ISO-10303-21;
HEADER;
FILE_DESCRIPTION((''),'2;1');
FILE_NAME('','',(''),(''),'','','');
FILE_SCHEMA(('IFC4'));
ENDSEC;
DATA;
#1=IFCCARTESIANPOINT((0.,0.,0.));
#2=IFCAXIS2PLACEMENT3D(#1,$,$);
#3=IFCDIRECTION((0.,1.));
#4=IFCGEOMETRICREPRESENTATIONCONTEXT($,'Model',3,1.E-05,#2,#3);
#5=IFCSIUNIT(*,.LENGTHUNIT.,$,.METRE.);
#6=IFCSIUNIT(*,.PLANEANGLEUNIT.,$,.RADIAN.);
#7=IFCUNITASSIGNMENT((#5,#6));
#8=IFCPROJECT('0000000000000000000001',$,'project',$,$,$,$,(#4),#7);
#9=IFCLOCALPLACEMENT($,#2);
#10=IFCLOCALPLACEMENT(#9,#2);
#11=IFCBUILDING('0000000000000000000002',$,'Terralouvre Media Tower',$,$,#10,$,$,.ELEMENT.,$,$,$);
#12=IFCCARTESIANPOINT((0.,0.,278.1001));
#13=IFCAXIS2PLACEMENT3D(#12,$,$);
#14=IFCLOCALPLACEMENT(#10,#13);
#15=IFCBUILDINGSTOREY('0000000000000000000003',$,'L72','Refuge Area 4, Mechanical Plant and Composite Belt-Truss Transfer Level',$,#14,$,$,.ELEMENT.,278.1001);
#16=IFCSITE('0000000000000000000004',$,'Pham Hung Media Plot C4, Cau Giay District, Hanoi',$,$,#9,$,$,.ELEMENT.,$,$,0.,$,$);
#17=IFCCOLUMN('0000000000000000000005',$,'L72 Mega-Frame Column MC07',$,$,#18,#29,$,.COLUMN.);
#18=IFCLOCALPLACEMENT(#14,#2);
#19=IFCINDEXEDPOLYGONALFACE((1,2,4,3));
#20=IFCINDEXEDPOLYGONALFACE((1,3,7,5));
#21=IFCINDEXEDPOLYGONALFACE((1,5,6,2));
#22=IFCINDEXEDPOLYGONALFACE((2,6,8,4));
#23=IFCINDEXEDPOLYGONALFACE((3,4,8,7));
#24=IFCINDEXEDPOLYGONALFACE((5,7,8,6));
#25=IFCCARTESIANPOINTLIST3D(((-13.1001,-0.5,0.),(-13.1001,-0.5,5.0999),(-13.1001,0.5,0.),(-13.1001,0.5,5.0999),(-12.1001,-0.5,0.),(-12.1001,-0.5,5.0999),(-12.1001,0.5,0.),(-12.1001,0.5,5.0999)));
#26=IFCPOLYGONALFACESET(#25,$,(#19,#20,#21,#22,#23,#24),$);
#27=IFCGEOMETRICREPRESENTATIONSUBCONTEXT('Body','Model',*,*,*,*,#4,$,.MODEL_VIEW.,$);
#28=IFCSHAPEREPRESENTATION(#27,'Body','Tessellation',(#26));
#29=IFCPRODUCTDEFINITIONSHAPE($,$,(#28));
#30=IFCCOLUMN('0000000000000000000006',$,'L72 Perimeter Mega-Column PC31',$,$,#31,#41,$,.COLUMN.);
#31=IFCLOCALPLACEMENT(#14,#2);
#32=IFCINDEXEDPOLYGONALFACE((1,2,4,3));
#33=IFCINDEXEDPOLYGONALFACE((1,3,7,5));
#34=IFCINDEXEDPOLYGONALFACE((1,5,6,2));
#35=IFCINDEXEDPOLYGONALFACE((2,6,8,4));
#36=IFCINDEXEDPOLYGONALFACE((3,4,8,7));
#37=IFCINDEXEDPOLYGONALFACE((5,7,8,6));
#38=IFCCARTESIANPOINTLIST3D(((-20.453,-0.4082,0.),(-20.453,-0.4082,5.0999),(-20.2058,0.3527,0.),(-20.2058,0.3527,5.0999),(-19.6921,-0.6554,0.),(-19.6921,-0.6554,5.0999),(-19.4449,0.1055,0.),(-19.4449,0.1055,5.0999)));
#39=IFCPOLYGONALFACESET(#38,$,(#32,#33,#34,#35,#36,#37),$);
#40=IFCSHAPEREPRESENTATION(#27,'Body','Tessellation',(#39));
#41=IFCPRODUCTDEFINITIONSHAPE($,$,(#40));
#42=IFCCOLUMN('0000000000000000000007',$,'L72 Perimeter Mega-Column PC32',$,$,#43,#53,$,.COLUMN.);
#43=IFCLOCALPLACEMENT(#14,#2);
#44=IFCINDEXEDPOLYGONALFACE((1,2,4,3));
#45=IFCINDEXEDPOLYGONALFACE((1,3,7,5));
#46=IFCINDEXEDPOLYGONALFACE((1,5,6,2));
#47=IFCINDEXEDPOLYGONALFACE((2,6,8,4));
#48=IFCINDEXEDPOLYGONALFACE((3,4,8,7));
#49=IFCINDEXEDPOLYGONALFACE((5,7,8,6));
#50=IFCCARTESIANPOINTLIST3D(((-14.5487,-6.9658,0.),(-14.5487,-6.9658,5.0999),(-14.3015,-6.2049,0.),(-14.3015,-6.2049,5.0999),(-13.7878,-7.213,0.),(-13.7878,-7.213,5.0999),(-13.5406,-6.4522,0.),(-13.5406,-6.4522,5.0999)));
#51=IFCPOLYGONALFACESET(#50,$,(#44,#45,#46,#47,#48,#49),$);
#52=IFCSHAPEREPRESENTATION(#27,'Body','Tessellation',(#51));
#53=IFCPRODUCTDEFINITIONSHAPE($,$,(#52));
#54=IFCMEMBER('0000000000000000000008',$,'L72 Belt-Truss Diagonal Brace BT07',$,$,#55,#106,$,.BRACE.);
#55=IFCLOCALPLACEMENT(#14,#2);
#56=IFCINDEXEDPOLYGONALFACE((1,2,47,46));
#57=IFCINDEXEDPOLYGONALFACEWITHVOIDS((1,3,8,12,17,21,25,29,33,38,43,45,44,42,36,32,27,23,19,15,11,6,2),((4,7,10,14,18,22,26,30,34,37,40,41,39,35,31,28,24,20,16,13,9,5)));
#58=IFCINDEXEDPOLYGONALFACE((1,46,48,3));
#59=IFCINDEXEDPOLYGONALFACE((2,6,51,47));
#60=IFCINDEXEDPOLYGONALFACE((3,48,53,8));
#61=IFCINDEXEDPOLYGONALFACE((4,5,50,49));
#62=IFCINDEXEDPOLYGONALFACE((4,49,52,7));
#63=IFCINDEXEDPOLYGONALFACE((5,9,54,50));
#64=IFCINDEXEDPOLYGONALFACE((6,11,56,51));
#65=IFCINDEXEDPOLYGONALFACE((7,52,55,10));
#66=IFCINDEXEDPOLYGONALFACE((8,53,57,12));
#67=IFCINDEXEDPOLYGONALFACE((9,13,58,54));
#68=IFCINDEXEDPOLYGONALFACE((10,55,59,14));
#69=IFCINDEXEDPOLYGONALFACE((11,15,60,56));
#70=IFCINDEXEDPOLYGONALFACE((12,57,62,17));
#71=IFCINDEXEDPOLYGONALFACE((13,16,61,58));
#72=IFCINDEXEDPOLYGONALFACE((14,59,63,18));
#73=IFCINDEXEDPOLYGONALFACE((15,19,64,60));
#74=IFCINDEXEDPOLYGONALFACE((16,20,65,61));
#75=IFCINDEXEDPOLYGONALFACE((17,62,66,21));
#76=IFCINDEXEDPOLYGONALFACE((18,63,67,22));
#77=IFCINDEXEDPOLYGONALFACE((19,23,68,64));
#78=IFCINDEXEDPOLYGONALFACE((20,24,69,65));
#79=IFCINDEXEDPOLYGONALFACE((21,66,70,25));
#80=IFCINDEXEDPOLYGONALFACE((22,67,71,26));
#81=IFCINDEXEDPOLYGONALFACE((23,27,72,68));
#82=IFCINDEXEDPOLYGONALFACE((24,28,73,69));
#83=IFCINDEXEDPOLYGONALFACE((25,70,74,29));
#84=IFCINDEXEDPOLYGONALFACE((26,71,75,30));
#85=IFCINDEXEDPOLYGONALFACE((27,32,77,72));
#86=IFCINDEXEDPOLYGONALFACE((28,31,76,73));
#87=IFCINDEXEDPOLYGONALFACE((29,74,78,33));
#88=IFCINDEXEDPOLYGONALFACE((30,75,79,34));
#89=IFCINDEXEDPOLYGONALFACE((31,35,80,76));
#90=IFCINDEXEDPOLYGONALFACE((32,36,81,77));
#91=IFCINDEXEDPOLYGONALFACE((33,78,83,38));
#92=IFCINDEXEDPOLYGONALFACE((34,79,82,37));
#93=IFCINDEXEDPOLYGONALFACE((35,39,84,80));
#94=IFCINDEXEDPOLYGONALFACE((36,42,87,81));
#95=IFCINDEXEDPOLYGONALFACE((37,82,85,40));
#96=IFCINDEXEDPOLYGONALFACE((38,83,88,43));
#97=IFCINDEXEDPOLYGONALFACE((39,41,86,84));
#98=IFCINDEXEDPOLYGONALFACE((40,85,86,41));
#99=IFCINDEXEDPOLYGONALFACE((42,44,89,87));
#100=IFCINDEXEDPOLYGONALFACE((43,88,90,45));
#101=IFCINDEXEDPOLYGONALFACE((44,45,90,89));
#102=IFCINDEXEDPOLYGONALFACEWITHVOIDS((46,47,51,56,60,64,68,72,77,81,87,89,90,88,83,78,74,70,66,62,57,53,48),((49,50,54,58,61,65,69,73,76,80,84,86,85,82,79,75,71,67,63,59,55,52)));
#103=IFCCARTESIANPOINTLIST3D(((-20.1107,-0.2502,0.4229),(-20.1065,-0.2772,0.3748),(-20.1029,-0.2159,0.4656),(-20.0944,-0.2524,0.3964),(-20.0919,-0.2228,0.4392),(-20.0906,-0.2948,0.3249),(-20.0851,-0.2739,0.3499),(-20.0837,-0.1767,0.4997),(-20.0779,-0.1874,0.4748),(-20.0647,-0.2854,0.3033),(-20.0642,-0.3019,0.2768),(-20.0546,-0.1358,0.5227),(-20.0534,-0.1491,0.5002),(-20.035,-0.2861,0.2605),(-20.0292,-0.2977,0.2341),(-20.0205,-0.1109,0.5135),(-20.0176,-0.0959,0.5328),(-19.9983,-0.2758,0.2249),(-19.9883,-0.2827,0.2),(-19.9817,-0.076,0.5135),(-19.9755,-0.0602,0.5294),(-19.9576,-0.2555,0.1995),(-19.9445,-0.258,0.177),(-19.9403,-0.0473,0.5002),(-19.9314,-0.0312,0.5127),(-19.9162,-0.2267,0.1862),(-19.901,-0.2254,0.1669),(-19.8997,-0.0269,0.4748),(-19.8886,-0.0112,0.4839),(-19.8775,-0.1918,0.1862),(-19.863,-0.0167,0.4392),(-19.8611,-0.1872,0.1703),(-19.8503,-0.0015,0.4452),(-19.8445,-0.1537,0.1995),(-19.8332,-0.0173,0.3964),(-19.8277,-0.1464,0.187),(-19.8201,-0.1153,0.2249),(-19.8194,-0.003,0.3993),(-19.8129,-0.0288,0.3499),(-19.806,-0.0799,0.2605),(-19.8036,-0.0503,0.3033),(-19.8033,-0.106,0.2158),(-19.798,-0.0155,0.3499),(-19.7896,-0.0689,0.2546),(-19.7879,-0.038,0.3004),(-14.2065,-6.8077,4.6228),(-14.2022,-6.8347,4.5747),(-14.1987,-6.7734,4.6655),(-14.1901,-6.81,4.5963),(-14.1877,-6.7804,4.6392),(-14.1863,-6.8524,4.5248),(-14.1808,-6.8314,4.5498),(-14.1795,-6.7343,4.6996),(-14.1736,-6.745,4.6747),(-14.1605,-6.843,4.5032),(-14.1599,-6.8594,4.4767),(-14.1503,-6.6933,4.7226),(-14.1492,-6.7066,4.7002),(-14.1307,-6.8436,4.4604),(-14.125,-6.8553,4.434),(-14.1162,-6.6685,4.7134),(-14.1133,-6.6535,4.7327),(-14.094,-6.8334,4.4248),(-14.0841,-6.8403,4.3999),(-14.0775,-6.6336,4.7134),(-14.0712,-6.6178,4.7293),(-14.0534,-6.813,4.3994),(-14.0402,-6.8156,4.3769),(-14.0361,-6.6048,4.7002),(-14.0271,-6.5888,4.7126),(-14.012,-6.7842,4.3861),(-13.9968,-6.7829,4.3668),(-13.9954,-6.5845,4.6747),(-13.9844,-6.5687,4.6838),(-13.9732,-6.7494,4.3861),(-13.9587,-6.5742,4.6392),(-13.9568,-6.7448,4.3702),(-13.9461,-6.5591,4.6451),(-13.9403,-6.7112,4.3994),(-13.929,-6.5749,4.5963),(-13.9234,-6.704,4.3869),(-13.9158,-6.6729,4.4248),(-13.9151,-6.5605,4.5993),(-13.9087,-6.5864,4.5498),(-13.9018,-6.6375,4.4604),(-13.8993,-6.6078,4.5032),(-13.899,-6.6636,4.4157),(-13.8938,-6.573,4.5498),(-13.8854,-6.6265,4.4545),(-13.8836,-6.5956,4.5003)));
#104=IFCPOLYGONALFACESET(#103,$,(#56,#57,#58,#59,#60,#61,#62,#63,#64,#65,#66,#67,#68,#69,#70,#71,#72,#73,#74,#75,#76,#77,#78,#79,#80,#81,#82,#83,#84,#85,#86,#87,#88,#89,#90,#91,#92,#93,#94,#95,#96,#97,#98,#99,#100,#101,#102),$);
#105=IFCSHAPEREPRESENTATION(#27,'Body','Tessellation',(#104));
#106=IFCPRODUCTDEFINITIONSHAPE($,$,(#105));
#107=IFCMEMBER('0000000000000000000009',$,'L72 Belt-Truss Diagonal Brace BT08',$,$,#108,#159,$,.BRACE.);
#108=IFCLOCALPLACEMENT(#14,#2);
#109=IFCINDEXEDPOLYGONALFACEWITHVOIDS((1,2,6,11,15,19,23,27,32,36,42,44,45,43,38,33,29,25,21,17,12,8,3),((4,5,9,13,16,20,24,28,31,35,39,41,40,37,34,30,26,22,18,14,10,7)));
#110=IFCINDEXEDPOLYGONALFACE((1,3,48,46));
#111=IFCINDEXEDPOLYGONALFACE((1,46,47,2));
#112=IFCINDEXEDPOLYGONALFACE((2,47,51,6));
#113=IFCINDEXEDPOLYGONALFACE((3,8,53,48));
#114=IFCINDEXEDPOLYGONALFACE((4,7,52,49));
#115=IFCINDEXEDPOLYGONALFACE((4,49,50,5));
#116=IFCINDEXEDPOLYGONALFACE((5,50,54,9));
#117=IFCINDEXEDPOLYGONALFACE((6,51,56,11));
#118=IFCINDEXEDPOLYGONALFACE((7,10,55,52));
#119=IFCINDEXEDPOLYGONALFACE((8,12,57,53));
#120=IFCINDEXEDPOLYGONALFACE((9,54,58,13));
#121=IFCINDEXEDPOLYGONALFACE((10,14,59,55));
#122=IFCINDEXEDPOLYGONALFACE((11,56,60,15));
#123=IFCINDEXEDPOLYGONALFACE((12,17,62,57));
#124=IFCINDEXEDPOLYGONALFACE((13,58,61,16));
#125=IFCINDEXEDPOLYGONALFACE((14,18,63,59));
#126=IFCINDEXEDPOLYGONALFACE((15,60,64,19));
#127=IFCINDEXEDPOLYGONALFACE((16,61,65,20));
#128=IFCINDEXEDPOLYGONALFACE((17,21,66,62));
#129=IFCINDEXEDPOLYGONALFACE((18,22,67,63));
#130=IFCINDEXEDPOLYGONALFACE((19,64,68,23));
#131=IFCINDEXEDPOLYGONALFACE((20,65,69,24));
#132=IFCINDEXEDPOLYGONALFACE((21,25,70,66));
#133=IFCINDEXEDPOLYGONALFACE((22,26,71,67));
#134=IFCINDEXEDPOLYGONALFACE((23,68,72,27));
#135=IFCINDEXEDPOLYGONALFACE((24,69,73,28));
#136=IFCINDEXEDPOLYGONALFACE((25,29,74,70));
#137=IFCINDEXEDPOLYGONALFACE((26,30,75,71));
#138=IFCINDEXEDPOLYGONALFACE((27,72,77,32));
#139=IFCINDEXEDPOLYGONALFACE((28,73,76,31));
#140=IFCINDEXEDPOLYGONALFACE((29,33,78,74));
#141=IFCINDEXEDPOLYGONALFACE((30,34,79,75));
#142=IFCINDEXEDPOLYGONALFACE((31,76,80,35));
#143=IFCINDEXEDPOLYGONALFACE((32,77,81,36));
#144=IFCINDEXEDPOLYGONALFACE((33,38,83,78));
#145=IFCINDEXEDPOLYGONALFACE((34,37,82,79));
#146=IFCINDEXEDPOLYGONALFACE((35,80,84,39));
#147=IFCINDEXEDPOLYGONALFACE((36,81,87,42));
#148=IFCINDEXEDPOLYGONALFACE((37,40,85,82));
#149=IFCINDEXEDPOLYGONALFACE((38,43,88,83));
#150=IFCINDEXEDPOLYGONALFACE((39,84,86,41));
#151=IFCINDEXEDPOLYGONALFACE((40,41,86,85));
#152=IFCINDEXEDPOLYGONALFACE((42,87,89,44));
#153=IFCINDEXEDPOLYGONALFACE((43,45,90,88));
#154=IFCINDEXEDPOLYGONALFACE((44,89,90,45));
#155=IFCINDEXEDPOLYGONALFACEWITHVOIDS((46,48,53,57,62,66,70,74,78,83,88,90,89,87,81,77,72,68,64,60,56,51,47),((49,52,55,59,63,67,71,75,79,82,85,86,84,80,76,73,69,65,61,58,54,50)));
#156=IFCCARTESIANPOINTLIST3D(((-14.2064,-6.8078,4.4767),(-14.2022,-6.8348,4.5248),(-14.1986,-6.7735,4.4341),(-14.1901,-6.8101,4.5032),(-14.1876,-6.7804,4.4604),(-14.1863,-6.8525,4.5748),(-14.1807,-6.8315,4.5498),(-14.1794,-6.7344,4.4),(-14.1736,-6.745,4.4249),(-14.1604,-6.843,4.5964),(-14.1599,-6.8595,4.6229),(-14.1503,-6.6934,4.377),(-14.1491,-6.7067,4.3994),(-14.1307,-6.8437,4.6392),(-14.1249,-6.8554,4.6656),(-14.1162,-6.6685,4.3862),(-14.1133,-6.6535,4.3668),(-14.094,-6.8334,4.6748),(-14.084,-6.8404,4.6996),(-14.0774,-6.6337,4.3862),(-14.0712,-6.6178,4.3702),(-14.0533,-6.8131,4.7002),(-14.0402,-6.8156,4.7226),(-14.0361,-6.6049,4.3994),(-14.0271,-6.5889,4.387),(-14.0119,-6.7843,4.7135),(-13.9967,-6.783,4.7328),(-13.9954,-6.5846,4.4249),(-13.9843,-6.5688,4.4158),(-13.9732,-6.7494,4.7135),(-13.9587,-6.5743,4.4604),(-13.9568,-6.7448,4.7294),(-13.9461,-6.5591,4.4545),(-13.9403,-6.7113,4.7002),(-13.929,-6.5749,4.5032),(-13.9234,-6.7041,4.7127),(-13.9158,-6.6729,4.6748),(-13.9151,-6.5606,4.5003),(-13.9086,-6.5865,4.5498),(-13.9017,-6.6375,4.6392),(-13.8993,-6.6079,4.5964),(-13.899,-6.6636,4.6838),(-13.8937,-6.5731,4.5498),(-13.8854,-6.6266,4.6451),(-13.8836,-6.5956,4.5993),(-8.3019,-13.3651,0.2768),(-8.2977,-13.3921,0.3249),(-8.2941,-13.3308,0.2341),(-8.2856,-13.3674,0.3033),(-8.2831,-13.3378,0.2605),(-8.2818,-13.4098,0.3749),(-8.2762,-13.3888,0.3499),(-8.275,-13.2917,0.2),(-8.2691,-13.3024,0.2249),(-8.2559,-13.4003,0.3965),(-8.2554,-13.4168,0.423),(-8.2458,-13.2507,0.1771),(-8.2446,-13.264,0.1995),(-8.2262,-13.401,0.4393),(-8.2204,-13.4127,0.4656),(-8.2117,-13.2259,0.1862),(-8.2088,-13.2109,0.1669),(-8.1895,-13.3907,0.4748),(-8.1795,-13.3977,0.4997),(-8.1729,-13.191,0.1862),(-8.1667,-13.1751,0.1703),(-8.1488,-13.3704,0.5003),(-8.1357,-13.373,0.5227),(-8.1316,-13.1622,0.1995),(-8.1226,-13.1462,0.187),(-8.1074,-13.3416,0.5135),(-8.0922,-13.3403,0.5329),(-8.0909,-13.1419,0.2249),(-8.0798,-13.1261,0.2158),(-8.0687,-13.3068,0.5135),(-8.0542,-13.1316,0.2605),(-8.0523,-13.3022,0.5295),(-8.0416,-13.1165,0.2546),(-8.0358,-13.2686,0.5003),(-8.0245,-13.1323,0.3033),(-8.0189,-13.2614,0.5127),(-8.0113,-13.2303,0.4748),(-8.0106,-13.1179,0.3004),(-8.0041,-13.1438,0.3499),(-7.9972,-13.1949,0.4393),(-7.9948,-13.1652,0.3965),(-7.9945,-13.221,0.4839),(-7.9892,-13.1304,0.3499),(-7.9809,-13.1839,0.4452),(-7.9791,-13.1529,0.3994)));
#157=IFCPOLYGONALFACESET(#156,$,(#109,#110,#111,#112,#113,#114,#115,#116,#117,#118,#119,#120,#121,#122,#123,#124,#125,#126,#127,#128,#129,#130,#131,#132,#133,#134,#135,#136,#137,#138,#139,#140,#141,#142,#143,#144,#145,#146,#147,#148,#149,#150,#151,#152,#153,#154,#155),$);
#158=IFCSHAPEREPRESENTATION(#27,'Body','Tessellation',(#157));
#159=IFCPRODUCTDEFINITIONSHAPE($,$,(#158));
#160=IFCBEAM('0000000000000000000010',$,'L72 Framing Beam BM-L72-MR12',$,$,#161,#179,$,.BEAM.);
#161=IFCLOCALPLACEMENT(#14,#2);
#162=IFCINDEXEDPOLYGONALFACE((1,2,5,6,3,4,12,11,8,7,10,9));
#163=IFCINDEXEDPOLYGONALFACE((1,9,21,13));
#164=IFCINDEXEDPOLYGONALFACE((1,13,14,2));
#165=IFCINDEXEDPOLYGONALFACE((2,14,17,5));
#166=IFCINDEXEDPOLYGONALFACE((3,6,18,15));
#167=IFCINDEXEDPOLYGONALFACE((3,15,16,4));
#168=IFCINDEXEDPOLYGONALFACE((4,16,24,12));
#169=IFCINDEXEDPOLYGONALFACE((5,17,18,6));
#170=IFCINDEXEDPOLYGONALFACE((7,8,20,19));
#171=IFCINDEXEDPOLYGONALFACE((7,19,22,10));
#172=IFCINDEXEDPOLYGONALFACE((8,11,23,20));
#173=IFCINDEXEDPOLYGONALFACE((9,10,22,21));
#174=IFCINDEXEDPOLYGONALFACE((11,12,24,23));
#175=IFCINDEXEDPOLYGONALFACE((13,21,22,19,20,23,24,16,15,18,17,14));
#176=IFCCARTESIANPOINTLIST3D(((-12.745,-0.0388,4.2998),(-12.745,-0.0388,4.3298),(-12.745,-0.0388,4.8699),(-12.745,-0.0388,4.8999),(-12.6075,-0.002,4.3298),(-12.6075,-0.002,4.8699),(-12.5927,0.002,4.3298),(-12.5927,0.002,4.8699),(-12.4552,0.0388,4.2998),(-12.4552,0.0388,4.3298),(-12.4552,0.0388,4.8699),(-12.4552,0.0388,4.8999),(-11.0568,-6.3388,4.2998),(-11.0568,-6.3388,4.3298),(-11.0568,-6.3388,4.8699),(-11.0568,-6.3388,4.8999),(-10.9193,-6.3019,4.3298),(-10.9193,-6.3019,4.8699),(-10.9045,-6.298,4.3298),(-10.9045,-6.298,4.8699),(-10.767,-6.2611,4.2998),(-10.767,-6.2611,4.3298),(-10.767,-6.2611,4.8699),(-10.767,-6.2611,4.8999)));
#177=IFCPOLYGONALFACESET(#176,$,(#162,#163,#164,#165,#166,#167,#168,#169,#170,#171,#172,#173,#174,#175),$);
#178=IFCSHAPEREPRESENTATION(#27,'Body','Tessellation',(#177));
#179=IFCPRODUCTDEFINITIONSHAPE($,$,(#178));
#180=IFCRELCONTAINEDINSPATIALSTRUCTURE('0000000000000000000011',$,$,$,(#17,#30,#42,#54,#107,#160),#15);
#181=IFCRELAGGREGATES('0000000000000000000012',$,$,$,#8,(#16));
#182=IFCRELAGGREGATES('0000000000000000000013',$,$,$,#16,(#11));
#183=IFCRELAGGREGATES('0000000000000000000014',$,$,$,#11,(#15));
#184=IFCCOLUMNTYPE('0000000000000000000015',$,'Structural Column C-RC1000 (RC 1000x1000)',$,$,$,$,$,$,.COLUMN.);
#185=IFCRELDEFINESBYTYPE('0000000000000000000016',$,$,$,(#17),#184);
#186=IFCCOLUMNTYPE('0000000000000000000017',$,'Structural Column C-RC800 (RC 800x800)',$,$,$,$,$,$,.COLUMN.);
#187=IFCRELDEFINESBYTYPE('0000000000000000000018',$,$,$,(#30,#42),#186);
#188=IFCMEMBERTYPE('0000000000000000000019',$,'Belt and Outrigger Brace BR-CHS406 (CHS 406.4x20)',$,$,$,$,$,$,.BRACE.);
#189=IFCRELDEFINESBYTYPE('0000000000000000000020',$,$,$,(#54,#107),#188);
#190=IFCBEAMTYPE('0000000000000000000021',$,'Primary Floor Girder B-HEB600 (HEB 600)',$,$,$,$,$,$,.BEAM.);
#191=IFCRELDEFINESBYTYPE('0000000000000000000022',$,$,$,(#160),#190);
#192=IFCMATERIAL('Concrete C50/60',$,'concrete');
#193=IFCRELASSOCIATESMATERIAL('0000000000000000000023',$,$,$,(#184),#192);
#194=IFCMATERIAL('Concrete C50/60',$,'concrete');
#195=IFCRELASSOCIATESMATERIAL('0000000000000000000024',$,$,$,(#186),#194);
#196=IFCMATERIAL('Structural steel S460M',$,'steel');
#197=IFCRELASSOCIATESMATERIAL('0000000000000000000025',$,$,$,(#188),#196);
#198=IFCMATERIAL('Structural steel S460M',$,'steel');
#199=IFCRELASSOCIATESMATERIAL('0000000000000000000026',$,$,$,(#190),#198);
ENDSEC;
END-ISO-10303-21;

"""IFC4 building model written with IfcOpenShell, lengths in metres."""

from ifc_helpers import new_model, si_unit, direction, frame, origin, origin_2d, place, context, subcontext, project, spatial, rectangle, hollow_circle, i_section, extrude, material, material_profile, profile_set, type_object, element, save


model = new_model("IFC4")

# Units and contexts
model_context = context("Model", 3, precision=1e-05, world=origin(), true_north=direction((0.0, 1.0)))
body_context = subcontext(model_context, "Body", "Model", "MODEL_VIEW")
ifc_project = project(units=[si_unit("LENGTHUNIT", "METRE"), si_unit("PLANEANGLEUNIT", "RADIAN")], contexts=[model_context])

# Site, building, storey
site_placement = place(None, origin())
site = spatial("IfcSite", under=ifc_project, at=site_placement, Name="Pham Hung Media Plot C4, Cau Giay District, Hanoi", CompositionType="ELEMENT", RefElevation=0.0)
building_placement = place(site_placement, origin())
building = spatial("IfcBuilding", under=site, at=building_placement, Name="Terralouvre Media Tower", CompositionType="ELEMENT")
storey_placement = place(building_placement, frame((0.0, 0.0, 278.1001)))
storey = spatial("IfcBuildingStorey", under=building, at=storey_placement, Name="L72", Description="Refuge Area 4, Mechanical Plant and Composite Belt-Truss Transfer Level", CompositionType="ELEMENT", Elevation=278.1001)

# Columns
ifc_material_1 = material(Name="Concrete C50/60", Category="concrete")
ifc_material_profile_1 = material_profile(ifc_material_1, rectangle(XDim=1.0, YDim=1.0, at=origin_2d()), Name="RC 1000x1000")
ifc_profile_set_1 = profile_set([ifc_material_profile_1], Name="Concrete C50/60")
column_type_1 = type_object("IfcColumnType", Name="Structural Column C-RC1000 (RC 1000x1000)", PredefinedType="COLUMN", material=ifc_profile_set_1)
column_placement = place(storey_placement, frame((-12.6001, 0.0, 0.0), z_axis=(0.0, 0.0, 1.0), x_axis=(1.0, 0.0, 0.0)))
element("IfcColumn", 1, at=column_placement, inside=storey, type_object=column_type_1, Name="L72 Mega-Frame Column MC07", PredefinedType="COLUMN", context=body_context, shape_type="SweptSolid", body=[
    extrude(rectangle(XDim=1.0, YDim=1.0, at=origin_2d()), origin(), (0.0, 0.0, 1.0), 5.0999),
])
ifc_material_2 = material(Name="Concrete C50/60", Category="concrete")
ifc_material_profile_2 = material_profile(ifc_material_2, rectangle(XDim=0.8, YDim=0.8, at=origin_2d()), Name="RC 800x800")
ifc_profile_set_2 = profile_set([ifc_material_profile_2], Name="Concrete C50/60")
column_type_2 = type_object("IfcColumnType", Name="Structural Column C-RC800 (RC 800x800)", PredefinedType="COLUMN", material=ifc_profile_set_2)
for number, where, z_axis, x_axis, name in (
    (2, (-19.949, -0.1514, 0.0), (0.0, 0.0, 1.0), (0.309017, 0.951057, 0.0), "L72 Perimeter Mega-Column PC31"),
    (3, (-14.0447, -6.709, 0.0), (0.0, 0.0, 1.0), (0.309017, 0.951057, 0.0), "L72 Perimeter Mega-Column PC32"),
):
    element("IfcColumn", number, at=place(storey_placement, frame(where, z_axis=z_axis, x_axis=x_axis)), inside=storey, type_object=column_type_2, Name=name, PredefinedType="COLUMN", context=body_context, shape_type="SweptSolid", body=[
        extrude(rectangle(XDim=0.8, YDim=0.8, at=origin_2d()), origin(), (0.0, 0.0, 1.0), 5.0999),
    ])

# Members
ifc_material_3 = material(Name="Structural steel S460M", Category="steel")
ifc_material_profile_3 = material_profile(ifc_material_3, hollow_circle(Radius=0.2031, WallThickness=0.02, at=origin_2d()), Name="CHS 406.4x20")
ifc_profile_set_3 = profile_set([ifc_material_profile_3], Name="Structural steel S460M")
member_type_1 = type_object("IfcMemberType", Name="Belt and Outrigger Brace BR-CHS406 (CHS 406.4x20)", PredefinedType="BRACE", material=ifc_profile_set_3)
for number, where, z_axis, x_axis, name in (
    (4, (-19.949, -0.1514, 0.3499), (0.604172, -0.671024, 0.42977), (0.743157, 0.669118, 0.0), "L72 Belt-Truss Diagonal Brace BT07"),
    (5, (-14.0447, -6.709, 4.5498), (0.604198, -0.671001, -0.429771), (0.74313, 0.669147, 0.0), "L72 Belt-Truss Diagonal Brace BT08"),
):
    element("IfcMember", number, at=place(storey_placement, frame(where, z_axis=z_axis, x_axis=x_axis)), inside=storey, type_object=member_type_1, Name=name, PredefinedType="BRACE", context=body_context, shape_type="SweptSolid", body=[
        extrude(hollow_circle(Radius=0.2031, WallThickness=0.02, at=origin_2d()), origin(), (0.0, 0.0, 1.0), 9.7725),
    ])

# Beam
ifc_material_4 = material(Name="Structural steel S460M", Category="steel")
ifc_material_profile_4 = material_profile(ifc_material_4, i_section(OverallWidth=0.3, OverallDepth=0.6001, WebThickness=0.0154, FlangeThickness=0.03, at=origin_2d()), Name="HEB 600")
ifc_profile_set_4 = profile_set([ifc_material_profile_4], Name="Structural steel S460M")
beam_type_1 = type_object("IfcBeamType", Name="Primary Floor Girder B-HEB600 (HEB 600)", PredefinedType="BEAM", material=ifc_profile_set_4)
beam_1_placement = place(storey_placement, frame((-12.6001, 0.0, 4.5999), z_axis=(0.258839, -0.96592, 0.0), x_axis=(0.96592, 0.258839, 0.0)))
element("IfcBeam", 6, at=beam_1_placement, inside=storey, type_object=beam_type_1, Name="L72 Framing Beam BM-L72-MR12", PredefinedType="BEAM", context=body_context, shape_type="SweptSolid", body=[
    extrude(i_section(OverallWidth=0.3, OverallDepth=0.6001, WebThickness=0.0154, FlangeThickness=0.03, at=origin_2d()), origin(), (0.0, 0.0, 1.0), 6.5222),
])

save(model, "model.ifc")
